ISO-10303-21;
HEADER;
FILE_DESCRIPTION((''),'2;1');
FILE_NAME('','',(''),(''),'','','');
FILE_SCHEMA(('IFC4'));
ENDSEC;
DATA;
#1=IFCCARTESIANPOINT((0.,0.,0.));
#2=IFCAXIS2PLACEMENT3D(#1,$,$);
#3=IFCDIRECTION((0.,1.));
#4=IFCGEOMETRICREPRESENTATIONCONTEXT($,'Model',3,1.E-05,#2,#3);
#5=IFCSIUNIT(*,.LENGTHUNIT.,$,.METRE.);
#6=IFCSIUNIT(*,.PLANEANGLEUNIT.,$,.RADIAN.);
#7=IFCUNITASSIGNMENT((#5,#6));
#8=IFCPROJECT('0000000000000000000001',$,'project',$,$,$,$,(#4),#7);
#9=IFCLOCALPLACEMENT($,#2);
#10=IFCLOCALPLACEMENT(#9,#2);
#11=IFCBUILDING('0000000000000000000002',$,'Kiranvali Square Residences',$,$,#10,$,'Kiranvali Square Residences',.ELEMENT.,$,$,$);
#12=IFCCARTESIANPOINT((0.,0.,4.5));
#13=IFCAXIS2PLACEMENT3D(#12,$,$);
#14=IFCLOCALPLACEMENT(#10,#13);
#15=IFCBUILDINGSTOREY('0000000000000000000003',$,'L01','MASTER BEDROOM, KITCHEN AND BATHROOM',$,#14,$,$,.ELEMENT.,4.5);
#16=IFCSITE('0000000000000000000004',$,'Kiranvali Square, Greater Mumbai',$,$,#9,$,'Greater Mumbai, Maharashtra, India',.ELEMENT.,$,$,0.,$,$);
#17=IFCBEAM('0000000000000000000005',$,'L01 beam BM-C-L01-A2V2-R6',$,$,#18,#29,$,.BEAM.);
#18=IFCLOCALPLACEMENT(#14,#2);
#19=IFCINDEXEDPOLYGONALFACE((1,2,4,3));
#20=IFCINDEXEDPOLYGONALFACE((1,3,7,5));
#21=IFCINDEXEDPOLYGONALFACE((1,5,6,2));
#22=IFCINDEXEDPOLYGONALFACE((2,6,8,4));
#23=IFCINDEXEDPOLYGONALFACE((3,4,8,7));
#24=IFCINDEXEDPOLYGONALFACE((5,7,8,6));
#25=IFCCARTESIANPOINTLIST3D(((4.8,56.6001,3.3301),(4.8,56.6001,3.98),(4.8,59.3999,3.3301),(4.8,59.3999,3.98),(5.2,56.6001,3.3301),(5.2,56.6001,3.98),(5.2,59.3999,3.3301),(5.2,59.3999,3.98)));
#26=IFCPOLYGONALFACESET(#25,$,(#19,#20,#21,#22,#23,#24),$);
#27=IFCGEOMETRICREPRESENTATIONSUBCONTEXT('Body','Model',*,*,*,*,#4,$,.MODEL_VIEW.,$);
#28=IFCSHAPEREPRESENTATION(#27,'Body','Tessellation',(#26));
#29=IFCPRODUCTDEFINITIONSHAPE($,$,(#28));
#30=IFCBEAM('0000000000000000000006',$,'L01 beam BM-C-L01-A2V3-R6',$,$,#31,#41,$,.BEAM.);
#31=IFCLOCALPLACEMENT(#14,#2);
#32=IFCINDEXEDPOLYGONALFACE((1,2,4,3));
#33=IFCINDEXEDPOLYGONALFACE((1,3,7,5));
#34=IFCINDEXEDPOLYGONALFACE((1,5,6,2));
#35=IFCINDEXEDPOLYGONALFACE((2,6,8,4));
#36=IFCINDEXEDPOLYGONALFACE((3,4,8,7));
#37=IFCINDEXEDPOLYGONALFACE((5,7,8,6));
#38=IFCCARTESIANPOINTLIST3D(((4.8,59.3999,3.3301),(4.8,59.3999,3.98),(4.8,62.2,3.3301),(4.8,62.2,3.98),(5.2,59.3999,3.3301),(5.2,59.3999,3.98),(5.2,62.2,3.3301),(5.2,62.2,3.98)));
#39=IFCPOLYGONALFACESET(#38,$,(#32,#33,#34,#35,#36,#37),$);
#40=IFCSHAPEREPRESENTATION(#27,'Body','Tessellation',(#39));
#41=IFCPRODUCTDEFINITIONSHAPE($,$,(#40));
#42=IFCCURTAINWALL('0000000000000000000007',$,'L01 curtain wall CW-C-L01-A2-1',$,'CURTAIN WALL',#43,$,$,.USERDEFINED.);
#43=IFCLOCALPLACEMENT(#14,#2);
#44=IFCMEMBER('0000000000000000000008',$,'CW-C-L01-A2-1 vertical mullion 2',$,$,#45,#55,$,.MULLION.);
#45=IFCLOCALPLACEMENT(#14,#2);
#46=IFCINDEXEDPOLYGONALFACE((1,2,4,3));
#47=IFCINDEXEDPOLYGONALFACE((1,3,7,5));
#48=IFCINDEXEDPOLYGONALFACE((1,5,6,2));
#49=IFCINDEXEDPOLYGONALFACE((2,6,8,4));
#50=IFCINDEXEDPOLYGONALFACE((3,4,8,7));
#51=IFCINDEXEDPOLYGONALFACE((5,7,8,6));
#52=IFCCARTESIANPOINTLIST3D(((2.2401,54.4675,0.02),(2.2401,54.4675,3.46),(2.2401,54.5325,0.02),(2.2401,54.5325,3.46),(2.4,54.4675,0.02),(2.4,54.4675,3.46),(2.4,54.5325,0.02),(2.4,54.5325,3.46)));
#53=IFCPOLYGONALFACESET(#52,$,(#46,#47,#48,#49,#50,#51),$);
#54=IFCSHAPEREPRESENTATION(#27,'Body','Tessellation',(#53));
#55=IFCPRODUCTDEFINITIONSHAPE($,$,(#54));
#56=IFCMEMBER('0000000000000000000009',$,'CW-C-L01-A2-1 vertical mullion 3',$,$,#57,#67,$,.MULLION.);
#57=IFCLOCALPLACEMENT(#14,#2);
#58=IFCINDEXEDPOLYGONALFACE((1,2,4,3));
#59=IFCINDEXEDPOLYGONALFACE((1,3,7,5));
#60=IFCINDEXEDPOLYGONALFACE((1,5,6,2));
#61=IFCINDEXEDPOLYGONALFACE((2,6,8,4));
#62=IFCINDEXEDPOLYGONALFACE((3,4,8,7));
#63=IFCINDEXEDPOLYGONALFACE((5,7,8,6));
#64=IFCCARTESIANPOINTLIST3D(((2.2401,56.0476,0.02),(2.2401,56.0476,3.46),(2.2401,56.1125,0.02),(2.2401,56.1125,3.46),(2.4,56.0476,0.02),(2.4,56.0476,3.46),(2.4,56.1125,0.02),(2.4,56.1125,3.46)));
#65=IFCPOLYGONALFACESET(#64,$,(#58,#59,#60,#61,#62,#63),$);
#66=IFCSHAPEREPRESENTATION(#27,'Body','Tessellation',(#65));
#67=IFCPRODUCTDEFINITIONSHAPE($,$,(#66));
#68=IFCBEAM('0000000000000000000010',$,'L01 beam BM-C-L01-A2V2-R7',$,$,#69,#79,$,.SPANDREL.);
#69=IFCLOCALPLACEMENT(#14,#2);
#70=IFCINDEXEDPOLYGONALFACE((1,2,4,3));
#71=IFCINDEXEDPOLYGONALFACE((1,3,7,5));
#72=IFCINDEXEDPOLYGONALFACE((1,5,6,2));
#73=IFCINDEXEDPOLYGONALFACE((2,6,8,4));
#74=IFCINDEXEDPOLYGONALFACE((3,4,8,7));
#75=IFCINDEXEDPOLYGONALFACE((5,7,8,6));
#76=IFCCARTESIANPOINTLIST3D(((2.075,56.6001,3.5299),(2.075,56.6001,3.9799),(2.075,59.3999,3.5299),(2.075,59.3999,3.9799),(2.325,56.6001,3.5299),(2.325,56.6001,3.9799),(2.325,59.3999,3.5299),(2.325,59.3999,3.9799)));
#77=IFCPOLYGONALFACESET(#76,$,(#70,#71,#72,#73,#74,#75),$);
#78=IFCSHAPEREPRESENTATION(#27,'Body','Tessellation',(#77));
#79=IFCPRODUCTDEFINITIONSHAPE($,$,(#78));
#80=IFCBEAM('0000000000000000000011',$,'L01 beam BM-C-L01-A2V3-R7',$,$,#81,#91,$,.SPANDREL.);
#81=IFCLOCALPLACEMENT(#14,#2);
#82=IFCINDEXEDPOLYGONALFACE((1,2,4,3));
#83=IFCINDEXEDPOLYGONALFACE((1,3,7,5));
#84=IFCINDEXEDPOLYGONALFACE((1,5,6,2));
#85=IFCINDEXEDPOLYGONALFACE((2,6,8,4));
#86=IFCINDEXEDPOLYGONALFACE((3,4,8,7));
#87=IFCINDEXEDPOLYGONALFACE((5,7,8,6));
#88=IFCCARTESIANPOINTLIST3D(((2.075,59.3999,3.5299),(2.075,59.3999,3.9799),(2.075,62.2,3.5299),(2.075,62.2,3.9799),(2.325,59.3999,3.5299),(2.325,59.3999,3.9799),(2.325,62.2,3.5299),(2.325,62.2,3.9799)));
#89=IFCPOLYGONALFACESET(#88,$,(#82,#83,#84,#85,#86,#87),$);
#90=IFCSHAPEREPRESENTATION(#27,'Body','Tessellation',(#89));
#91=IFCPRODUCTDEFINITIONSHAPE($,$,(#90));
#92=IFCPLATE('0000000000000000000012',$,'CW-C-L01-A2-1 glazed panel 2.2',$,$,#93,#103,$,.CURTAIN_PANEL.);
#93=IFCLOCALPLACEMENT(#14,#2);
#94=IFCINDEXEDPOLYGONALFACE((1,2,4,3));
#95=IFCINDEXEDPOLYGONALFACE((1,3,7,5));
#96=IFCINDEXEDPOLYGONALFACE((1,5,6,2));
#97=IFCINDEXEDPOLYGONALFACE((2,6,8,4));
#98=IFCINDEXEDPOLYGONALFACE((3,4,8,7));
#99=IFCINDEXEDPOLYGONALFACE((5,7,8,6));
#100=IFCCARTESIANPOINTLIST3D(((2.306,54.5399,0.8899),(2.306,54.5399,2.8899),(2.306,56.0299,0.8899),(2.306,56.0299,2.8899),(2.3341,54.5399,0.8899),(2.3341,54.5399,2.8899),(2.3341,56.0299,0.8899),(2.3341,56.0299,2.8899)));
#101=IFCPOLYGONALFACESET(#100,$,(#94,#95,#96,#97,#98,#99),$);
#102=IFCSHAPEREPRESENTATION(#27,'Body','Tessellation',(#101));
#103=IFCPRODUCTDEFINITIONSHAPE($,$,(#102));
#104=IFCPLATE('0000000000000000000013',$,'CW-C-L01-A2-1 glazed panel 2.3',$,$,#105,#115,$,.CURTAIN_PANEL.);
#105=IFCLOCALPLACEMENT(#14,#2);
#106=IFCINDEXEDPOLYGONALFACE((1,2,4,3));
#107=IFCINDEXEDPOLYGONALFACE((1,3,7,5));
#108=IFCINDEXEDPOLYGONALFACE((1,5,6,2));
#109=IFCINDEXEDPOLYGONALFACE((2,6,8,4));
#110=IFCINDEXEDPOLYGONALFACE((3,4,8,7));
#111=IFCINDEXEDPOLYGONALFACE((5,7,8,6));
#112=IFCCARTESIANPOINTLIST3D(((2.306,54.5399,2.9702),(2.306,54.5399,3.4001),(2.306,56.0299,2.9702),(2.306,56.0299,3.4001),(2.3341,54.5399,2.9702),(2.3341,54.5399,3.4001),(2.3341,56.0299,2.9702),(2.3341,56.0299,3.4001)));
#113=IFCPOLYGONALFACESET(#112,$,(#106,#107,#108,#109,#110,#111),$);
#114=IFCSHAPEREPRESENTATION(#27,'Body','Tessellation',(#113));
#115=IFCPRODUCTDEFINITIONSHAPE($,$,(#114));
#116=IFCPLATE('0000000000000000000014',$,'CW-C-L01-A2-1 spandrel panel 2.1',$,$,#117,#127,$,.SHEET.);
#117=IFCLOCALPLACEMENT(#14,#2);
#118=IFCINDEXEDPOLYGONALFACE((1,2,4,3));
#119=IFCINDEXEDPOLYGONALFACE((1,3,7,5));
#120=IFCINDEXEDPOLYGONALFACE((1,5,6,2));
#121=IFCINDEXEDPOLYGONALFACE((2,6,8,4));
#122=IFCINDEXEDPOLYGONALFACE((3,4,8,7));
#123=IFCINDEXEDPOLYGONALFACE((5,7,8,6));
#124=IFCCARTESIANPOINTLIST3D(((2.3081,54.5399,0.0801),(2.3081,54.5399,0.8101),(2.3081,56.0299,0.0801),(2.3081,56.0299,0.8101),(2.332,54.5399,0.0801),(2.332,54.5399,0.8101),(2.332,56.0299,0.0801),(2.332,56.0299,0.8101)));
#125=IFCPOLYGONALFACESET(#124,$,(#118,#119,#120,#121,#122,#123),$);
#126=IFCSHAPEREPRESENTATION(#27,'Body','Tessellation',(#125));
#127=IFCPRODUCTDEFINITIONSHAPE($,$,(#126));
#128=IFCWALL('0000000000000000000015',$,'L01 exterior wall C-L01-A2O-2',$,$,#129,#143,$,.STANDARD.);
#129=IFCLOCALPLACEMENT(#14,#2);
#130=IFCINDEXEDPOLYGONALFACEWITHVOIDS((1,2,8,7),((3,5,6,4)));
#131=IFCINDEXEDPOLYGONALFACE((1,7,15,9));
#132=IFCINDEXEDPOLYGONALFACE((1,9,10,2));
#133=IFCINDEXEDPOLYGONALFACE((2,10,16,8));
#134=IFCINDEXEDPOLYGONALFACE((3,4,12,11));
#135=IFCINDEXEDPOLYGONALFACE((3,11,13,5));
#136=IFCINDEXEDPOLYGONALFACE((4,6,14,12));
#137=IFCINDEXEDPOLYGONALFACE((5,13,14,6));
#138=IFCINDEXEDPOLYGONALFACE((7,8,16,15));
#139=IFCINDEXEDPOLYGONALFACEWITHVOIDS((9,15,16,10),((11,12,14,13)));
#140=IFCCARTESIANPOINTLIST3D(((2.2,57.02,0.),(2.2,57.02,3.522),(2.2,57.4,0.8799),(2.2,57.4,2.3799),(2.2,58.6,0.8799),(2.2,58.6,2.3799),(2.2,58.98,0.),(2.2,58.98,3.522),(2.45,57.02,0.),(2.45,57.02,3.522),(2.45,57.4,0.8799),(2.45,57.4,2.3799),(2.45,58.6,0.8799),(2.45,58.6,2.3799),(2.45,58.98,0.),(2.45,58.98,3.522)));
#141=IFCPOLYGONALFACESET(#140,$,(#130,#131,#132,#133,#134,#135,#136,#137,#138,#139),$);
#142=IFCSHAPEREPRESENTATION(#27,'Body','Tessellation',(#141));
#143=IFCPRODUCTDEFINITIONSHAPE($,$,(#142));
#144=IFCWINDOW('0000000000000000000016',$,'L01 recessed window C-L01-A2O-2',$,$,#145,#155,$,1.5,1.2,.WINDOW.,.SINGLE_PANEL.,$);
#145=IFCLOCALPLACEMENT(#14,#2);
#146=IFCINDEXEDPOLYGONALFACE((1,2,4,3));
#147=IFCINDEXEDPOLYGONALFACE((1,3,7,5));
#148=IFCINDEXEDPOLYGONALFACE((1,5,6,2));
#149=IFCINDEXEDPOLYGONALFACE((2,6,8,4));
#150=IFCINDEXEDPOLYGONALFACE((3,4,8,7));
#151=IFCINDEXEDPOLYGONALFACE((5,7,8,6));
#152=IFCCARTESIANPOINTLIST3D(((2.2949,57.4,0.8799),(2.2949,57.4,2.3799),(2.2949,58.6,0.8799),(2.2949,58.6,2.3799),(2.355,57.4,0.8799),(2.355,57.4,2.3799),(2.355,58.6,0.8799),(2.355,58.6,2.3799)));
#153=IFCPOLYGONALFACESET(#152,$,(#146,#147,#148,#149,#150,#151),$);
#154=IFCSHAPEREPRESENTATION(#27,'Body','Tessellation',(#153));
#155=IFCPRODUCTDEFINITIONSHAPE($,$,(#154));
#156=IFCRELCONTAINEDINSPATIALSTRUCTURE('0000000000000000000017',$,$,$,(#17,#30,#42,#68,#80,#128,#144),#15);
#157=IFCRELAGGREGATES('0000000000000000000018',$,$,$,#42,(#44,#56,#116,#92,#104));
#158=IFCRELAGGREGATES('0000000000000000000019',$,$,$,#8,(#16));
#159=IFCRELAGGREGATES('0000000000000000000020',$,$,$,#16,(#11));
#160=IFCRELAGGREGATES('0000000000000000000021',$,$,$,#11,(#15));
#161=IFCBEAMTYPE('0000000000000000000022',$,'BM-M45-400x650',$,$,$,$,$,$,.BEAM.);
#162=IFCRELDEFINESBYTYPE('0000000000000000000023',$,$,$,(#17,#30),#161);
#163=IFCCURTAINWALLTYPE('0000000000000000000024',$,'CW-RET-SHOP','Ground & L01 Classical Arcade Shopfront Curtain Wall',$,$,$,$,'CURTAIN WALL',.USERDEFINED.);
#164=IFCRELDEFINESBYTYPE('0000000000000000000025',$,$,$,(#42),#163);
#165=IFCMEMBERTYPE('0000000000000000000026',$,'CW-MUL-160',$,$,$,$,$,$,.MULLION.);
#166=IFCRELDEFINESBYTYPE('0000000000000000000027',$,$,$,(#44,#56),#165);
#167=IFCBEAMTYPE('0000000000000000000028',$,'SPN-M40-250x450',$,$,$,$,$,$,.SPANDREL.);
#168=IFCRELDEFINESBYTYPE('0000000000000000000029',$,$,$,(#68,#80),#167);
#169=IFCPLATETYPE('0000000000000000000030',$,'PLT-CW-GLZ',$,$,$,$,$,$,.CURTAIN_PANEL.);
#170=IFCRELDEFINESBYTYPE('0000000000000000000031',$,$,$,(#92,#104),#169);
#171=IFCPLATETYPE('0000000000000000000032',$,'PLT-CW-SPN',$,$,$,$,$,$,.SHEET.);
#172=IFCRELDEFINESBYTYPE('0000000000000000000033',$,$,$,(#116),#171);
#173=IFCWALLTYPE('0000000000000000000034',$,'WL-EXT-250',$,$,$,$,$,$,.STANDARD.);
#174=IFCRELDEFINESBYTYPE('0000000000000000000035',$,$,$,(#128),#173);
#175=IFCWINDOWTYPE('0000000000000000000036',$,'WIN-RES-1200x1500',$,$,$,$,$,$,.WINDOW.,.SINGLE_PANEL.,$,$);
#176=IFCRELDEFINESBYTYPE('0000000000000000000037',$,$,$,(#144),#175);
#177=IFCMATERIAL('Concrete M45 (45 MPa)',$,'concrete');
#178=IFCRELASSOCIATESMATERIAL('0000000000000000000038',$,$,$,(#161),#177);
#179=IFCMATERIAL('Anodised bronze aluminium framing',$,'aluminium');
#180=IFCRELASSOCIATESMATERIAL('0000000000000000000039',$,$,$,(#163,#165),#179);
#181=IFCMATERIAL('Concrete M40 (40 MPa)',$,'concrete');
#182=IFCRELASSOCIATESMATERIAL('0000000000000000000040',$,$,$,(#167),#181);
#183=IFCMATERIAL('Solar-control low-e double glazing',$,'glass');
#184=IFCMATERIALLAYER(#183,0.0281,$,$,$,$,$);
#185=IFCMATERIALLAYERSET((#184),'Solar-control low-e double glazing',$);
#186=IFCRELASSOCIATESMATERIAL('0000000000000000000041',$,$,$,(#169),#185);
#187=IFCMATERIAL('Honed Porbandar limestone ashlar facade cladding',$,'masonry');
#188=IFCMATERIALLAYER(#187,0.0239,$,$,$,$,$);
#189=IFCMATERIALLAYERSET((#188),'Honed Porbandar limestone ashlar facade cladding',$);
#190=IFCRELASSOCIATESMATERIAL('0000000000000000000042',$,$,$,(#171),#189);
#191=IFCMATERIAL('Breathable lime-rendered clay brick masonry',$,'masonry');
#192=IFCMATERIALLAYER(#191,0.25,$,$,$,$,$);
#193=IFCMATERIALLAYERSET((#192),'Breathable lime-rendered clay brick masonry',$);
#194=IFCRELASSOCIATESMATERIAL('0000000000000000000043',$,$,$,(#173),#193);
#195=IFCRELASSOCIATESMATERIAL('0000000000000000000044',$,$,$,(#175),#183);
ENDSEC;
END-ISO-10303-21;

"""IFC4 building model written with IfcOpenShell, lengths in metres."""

from ifc_helpers import new_model, si_unit, direction, frame, frame_2d, origin, origin_2d, place, context, subcontext, project, spatial, rectangle, extrude, material, layer, layer_set, material_profile, profile_set, type_object, element, fill, aggregate, save


model = new_model("IFC4")

# Units and contexts
model_context = context("Model", 3, precision=1e-05, world=origin(), true_north=direction((0.0, 1.0)))
body_context = subcontext(model_context, "Body", "Model", "MODEL_VIEW")
ifc_project = project(units=[si_unit("LENGTHUNIT", "METRE"), si_unit("PLANEANGLEUNIT", "RADIAN")], contexts=[model_context])

# Site, building, storey
site_placement = place(None, origin())
site = spatial("IfcSite", under=ifc_project, at=site_placement, Name="Kiranvali Square, Greater Mumbai", LongName="Greater Mumbai, Maharashtra, India", CompositionType="ELEMENT", RefElevation=0.0)
building_placement = place(site_placement, origin())
building = spatial("IfcBuilding", under=site, at=building_placement, Name="Kiranvali Square Residences", LongName="Kiranvali Square Residences", CompositionType="ELEMENT")
storey_placement = place(building_placement, frame((0.0, 0.0, 4.5)))
storey = spatial("IfcBuildingStorey", under=building, at=storey_placement, Name="L01", Description="MASTER BEDROOM, KITCHEN AND BATHROOM", CompositionType="ELEMENT", Elevation=4.5)

# Beams
ifc_material_1 = material(Name="Concrete M40 (40 MPa)", Category="concrete")
ifc_material_2 = material(Name="Concrete M45 (45 MPa)", Category="concrete")
ifc_material_profile_1 = material_profile(ifc_material_2, rectangle(XDim=0.3999, YDim=0.6499, at=origin_2d()), Name="RC 400x650")
ifc_profile_set_1 = profile_set([ifc_material_profile_1], Name="Concrete M45 (45 MPa)")
beam_type_1 = type_object("IfcBeamType", Name="BM-M45-400x650", PredefinedType="BEAM", material=ifc_profile_set_1)
beam_1_placement = place(storey_placement, frame((5.0, 56.6001, 3.655), z_axis=(0.0, 1.0, 0.0), x_axis=(-1.0, 0.0, 0.0)))
element("IfcBeam", 1, at=beam_1_placement, inside=storey, type_object=beam_type_1, Name="L01 beam BM-C-L01-A2V2-R6", PredefinedType="BEAM", context=body_context, shape_type="SweptSolid", body=[
    extrude(rectangle(XDim=0.3999, YDim=0.6499, at=origin_2d()), origin(), (0.0, 0.0, 1.0), 2.7998),
])
beam_2_placement = place(storey_placement, frame((5.0, 59.3999, 3.655), z_axis=(0.0, 1.0, 0.0), x_axis=(-1.0, 0.0, 0.0)))
element("IfcBeam", 2, at=beam_2_placement, inside=storey, type_object=beam_type_1, Name="L01 beam BM-C-L01-A2V3-R6", PredefinedType="BEAM", context=body_context, shape_type="SweptSolid", body=[
    extrude(rectangle(XDim=0.3999, YDim=0.6499, at=origin_2d()), origin(), (0.0, 0.0, 1.0), 2.8),
])

# Curtain wall, members
ifc_material_3 = material(Name="Anodised bronze aluminium framing", Category="aluminium")
curtain_wall_type = type_object("IfcCurtainWallType", Name="CW-RET-SHOP", Description="Ground & L01 Classical Arcade Shopfront Curtain Wall", ElementType="CURTAIN WALL", PredefinedType="USERDEFINED", material=ifc_material_3)
curtain_wall_placement = place(storey_placement, origin())
curtain_wall = element("IfcCurtainWall", 3, at=curtain_wall_placement, inside=storey, type_object=curtain_wall_type, Name="L01 curtain wall CW-C-L01-A2-1", ObjectType="CURTAIN WALL", PredefinedType="USERDEFINED")
ifc_material_profile_2 = material_profile(ifc_material_3, rectangle(XDim=0.0649, YDim=0.1599, at=origin_2d()), Name="ALU 65x160")
ifc_profile_set_2 = profile_set([ifc_material_profile_2], Name="Anodised bronze aluminium framing")
member_type = type_object("IfcMemberType", Name="CW-MUL-160", PredefinedType="MULLION", material=ifc_profile_set_2)
member_1_placement = place(storey_placement, frame((2.3201, 54.5, 0.02), z_axis=(0.0, 0.0, 1.0), x_axis=(0.0, 1.0, 0.0)))
member_1 = element("IfcMember", 4, at=member_1_placement, type_object=member_type, Name="CW-C-L01-A2-1 vertical mullion 2", PredefinedType="MULLION", context=body_context, shape_type="SweptSolid", body=[
    extrude(rectangle(XDim=0.0649, YDim=0.1599, at=origin_2d()), origin(), (0.0, 0.0, 1.0), 3.4399),
])
member_2_placement = place(storey_placement, frame((2.3201, 56.0801, 0.02), z_axis=(0.0, 0.0, 1.0), x_axis=(0.0, 1.0, 0.0)))
member_2 = element("IfcMember", 5, at=member_2_placement, type_object=member_type, Name="CW-C-L01-A2-1 vertical mullion 3", PredefinedType="MULLION", context=body_context, shape_type="SweptSolid", body=[
    extrude(rectangle(XDim=0.0649, YDim=0.1599, at=origin_2d()), origin(), (0.0, 0.0, 1.0), 3.4399),
])

# Beams
ifc_material_profile_3 = material_profile(ifc_material_1, rectangle(XDim=0.25, YDim=0.45, at=origin_2d()), Name="RC 250x450")
ifc_profile_set_3 = profile_set([ifc_material_profile_3], Name="Concrete M40 (40 MPa)")
beam_type_2 = type_object("IfcBeamType", Name="SPN-M40-250x450", PredefinedType="SPANDREL", material=ifc_profile_set_3)
beam_3_placement = place(storey_placement, frame((2.2, 56.6001, 3.7549), z_axis=(0.0, 1.0, 0.0), x_axis=(-1.0, 0.0, 0.0)))
element("IfcBeam", 6, at=beam_3_placement, inside=storey, type_object=beam_type_2, Name="L01 beam BM-C-L01-A2V2-R7", PredefinedType="SPANDREL", context=body_context, shape_type="SweptSolid", body=[
    extrude(rectangle(XDim=0.25, YDim=0.45, at=origin_2d()), origin(), (0.0, 0.0, 1.0), 2.7998),
])
beam_4_placement = place(storey_placement, frame((2.2, 59.3999, 3.7549), z_axis=(0.0, 1.0, 0.0), x_axis=(-1.0, 0.0, 0.0)))
element("IfcBeam", 7, at=beam_4_placement, inside=storey, type_object=beam_type_2, Name="L01 beam BM-C-L01-A2V3-R7", PredefinedType="SPANDREL", context=body_context, shape_type="SweptSolid", body=[
    extrude(rectangle(XDim=0.25, YDim=0.45, at=origin_2d()), origin(), (0.0, 0.0, 1.0), 2.8),
])

# Plates
ifc_material_4 = material(Name="Solar-control low-e double glazing", Category="glass")
ifc_layer_1 = layer(ifc_material_4, 0.0281)
ifc_layer_set_1 = layer_set([ifc_layer_1], Name="Solar-control low-e double glazing")
plate_type_1 = type_object("IfcPlateType", Name="PLT-CW-GLZ", PredefinedType="CURTAIN_PANEL", material=ifc_layer_set_1)
plate_1_placement = place(storey_placement, frame((2.3201, 55.2849, 0.8899), z_axis=(0.0, 0.0, 1.0), x_axis=(0.0, 1.0, 0.0)))
plate_1 = element("IfcPlate", 8, at=plate_1_placement, type_object=plate_type_1, Name="CW-C-L01-A2-1 glazed panel 2.2", PredefinedType="CURTAIN_PANEL", context=body_context, shape_type="SweptSolid", body=[
    extrude(rectangle(XDim=1.49, YDim=0.0281, at=origin_2d()), origin(), (0.0, 0.0, 1.0), 2.0),
])
plate_2_placement = place(storey_placement, frame((2.3201, 55.2849, 2.9702), z_axis=(0.0, 0.0, 1.0), x_axis=(0.0, 1.0, 0.0)))
plate_2 = element("IfcPlate", 9, at=plate_2_placement, type_object=plate_type_1, Name="CW-C-L01-A2-1 glazed panel 2.3", PredefinedType="CURTAIN_PANEL", context=body_context, shape_type="SweptSolid", body=[
    extrude(rectangle(XDim=1.49, YDim=0.0281, at=origin_2d()), origin(), (0.0, 0.0, 1.0), 0.4299),
])
ifc_material_5 = material(Name="Honed Porbandar limestone ashlar facade cladding", Category="masonry")
ifc_layer_2 = layer(ifc_material_5, 0.0239)
ifc_layer_set_2 = layer_set([ifc_layer_2], Name="Honed Porbandar limestone ashlar facade cladding")
plate_type_2 = type_object("IfcPlateType", Name="PLT-CW-SPN", PredefinedType="SHEET", material=ifc_layer_set_2)
plate_3_placement = place(storey_placement, frame((2.3201, 55.2849, 0.0801), z_axis=(0.0, 0.0, 1.0), x_axis=(0.0, 1.0, 0.0)))
plate_3 = element("IfcPlate", 10, at=plate_3_placement, type_object=plate_type_2, Name="CW-C-L01-A2-1 spandrel panel 2.1", PredefinedType="SHEET", context=body_context, shape_type="SweptSolid", body=[
    extrude(rectangle(XDim=1.49, YDim=0.0239, at=origin_2d()), origin(), (0.0, 0.0, 1.0), 0.73),
])
aggregate(curtain_wall, [member_1, member_2, plate_3, plate_1, plate_2])

# Wall, opening, window
ifc_material_6 = material(Name="Breathable lime-rendered clay brick masonry", Category="masonry")
ifc_layer_3 = layer(ifc_material_6, 0.25)
ifc_layer_set_3 = layer_set([ifc_layer_3], Name="Breathable lime-rendered clay brick masonry")
wall_type = type_object("IfcWallType", Name="WL-EXT-250", PredefinedType="STANDARD", material=ifc_layer_set_3)
wall_1_placement = place(storey_placement, frame((2.325, 57.02, 0.0), z_axis=(0.0, 0.0, 1.0), x_axis=(0.0, 1.0, 0.0)))
wall_1 = element("IfcWall", 11, at=wall_1_placement, inside=storey, type_object=wall_type, Name="L01 exterior wall C-L01-A2O-2", PredefinedType="STANDARD", context=body_context, shape_type="SweptSolid", body=[
    extrude(rectangle(XDim=1.96, YDim=0.25, at=frame_2d((0.98, 0.0))), origin(), (0.0, 0.0, 1.0), 3.522),
])
opening_1_placement = place(wall_1_placement, frame((0.3799, 0.0, 0.8799)))
opening_1 = element("IfcOpeningElement", 12, at=opening_1_placement, cuts=wall_1, PredefinedType="OPENING", context=body_context, shape_type="SweptSolid", body=[
    extrude(rectangle(XDim=1.2, YDim=1.5, at=frame_2d((0.6001, 0.75))), frame((0.0, 0.135, 0.0), z_axis=(0.0, -1.0, 0.0), x_axis=(1.0, 0.0, 0.0)), (0.0, 0.0, 1.0), 0.27),
])
window_type = type_object("IfcWindowType", Name="WIN-RES-1200x1500", PartitioningType="SINGLE_PANEL", PredefinedType="WINDOW", material=ifc_material_4)
window_1_placement = place(opening_1_placement, origin())
window_1 = element("IfcWindow", 13, at=window_1_placement, inside=storey, type_object=window_type, Name="L01 recessed window C-L01-A2O-2", OverallHeight=1.5, OverallWidth=1.2, PartitioningType="SINGLE_PANEL", PredefinedType="WINDOW", context=body_context, shape_type="SweptSolid", body=[
    extrude(rectangle(XDim=1.2, YDim=1.5, at=frame_2d((0.6001, 0.75))), frame((0.0, 0.03, 0.0), z_axis=(0.0, -1.0, 0.0), x_axis=(1.0, 0.0, 0.0)), (0.0, 0.0, 1.0), 0.0601),
])
fill(opening_1, window_1)

save(model, "model.ifc")
